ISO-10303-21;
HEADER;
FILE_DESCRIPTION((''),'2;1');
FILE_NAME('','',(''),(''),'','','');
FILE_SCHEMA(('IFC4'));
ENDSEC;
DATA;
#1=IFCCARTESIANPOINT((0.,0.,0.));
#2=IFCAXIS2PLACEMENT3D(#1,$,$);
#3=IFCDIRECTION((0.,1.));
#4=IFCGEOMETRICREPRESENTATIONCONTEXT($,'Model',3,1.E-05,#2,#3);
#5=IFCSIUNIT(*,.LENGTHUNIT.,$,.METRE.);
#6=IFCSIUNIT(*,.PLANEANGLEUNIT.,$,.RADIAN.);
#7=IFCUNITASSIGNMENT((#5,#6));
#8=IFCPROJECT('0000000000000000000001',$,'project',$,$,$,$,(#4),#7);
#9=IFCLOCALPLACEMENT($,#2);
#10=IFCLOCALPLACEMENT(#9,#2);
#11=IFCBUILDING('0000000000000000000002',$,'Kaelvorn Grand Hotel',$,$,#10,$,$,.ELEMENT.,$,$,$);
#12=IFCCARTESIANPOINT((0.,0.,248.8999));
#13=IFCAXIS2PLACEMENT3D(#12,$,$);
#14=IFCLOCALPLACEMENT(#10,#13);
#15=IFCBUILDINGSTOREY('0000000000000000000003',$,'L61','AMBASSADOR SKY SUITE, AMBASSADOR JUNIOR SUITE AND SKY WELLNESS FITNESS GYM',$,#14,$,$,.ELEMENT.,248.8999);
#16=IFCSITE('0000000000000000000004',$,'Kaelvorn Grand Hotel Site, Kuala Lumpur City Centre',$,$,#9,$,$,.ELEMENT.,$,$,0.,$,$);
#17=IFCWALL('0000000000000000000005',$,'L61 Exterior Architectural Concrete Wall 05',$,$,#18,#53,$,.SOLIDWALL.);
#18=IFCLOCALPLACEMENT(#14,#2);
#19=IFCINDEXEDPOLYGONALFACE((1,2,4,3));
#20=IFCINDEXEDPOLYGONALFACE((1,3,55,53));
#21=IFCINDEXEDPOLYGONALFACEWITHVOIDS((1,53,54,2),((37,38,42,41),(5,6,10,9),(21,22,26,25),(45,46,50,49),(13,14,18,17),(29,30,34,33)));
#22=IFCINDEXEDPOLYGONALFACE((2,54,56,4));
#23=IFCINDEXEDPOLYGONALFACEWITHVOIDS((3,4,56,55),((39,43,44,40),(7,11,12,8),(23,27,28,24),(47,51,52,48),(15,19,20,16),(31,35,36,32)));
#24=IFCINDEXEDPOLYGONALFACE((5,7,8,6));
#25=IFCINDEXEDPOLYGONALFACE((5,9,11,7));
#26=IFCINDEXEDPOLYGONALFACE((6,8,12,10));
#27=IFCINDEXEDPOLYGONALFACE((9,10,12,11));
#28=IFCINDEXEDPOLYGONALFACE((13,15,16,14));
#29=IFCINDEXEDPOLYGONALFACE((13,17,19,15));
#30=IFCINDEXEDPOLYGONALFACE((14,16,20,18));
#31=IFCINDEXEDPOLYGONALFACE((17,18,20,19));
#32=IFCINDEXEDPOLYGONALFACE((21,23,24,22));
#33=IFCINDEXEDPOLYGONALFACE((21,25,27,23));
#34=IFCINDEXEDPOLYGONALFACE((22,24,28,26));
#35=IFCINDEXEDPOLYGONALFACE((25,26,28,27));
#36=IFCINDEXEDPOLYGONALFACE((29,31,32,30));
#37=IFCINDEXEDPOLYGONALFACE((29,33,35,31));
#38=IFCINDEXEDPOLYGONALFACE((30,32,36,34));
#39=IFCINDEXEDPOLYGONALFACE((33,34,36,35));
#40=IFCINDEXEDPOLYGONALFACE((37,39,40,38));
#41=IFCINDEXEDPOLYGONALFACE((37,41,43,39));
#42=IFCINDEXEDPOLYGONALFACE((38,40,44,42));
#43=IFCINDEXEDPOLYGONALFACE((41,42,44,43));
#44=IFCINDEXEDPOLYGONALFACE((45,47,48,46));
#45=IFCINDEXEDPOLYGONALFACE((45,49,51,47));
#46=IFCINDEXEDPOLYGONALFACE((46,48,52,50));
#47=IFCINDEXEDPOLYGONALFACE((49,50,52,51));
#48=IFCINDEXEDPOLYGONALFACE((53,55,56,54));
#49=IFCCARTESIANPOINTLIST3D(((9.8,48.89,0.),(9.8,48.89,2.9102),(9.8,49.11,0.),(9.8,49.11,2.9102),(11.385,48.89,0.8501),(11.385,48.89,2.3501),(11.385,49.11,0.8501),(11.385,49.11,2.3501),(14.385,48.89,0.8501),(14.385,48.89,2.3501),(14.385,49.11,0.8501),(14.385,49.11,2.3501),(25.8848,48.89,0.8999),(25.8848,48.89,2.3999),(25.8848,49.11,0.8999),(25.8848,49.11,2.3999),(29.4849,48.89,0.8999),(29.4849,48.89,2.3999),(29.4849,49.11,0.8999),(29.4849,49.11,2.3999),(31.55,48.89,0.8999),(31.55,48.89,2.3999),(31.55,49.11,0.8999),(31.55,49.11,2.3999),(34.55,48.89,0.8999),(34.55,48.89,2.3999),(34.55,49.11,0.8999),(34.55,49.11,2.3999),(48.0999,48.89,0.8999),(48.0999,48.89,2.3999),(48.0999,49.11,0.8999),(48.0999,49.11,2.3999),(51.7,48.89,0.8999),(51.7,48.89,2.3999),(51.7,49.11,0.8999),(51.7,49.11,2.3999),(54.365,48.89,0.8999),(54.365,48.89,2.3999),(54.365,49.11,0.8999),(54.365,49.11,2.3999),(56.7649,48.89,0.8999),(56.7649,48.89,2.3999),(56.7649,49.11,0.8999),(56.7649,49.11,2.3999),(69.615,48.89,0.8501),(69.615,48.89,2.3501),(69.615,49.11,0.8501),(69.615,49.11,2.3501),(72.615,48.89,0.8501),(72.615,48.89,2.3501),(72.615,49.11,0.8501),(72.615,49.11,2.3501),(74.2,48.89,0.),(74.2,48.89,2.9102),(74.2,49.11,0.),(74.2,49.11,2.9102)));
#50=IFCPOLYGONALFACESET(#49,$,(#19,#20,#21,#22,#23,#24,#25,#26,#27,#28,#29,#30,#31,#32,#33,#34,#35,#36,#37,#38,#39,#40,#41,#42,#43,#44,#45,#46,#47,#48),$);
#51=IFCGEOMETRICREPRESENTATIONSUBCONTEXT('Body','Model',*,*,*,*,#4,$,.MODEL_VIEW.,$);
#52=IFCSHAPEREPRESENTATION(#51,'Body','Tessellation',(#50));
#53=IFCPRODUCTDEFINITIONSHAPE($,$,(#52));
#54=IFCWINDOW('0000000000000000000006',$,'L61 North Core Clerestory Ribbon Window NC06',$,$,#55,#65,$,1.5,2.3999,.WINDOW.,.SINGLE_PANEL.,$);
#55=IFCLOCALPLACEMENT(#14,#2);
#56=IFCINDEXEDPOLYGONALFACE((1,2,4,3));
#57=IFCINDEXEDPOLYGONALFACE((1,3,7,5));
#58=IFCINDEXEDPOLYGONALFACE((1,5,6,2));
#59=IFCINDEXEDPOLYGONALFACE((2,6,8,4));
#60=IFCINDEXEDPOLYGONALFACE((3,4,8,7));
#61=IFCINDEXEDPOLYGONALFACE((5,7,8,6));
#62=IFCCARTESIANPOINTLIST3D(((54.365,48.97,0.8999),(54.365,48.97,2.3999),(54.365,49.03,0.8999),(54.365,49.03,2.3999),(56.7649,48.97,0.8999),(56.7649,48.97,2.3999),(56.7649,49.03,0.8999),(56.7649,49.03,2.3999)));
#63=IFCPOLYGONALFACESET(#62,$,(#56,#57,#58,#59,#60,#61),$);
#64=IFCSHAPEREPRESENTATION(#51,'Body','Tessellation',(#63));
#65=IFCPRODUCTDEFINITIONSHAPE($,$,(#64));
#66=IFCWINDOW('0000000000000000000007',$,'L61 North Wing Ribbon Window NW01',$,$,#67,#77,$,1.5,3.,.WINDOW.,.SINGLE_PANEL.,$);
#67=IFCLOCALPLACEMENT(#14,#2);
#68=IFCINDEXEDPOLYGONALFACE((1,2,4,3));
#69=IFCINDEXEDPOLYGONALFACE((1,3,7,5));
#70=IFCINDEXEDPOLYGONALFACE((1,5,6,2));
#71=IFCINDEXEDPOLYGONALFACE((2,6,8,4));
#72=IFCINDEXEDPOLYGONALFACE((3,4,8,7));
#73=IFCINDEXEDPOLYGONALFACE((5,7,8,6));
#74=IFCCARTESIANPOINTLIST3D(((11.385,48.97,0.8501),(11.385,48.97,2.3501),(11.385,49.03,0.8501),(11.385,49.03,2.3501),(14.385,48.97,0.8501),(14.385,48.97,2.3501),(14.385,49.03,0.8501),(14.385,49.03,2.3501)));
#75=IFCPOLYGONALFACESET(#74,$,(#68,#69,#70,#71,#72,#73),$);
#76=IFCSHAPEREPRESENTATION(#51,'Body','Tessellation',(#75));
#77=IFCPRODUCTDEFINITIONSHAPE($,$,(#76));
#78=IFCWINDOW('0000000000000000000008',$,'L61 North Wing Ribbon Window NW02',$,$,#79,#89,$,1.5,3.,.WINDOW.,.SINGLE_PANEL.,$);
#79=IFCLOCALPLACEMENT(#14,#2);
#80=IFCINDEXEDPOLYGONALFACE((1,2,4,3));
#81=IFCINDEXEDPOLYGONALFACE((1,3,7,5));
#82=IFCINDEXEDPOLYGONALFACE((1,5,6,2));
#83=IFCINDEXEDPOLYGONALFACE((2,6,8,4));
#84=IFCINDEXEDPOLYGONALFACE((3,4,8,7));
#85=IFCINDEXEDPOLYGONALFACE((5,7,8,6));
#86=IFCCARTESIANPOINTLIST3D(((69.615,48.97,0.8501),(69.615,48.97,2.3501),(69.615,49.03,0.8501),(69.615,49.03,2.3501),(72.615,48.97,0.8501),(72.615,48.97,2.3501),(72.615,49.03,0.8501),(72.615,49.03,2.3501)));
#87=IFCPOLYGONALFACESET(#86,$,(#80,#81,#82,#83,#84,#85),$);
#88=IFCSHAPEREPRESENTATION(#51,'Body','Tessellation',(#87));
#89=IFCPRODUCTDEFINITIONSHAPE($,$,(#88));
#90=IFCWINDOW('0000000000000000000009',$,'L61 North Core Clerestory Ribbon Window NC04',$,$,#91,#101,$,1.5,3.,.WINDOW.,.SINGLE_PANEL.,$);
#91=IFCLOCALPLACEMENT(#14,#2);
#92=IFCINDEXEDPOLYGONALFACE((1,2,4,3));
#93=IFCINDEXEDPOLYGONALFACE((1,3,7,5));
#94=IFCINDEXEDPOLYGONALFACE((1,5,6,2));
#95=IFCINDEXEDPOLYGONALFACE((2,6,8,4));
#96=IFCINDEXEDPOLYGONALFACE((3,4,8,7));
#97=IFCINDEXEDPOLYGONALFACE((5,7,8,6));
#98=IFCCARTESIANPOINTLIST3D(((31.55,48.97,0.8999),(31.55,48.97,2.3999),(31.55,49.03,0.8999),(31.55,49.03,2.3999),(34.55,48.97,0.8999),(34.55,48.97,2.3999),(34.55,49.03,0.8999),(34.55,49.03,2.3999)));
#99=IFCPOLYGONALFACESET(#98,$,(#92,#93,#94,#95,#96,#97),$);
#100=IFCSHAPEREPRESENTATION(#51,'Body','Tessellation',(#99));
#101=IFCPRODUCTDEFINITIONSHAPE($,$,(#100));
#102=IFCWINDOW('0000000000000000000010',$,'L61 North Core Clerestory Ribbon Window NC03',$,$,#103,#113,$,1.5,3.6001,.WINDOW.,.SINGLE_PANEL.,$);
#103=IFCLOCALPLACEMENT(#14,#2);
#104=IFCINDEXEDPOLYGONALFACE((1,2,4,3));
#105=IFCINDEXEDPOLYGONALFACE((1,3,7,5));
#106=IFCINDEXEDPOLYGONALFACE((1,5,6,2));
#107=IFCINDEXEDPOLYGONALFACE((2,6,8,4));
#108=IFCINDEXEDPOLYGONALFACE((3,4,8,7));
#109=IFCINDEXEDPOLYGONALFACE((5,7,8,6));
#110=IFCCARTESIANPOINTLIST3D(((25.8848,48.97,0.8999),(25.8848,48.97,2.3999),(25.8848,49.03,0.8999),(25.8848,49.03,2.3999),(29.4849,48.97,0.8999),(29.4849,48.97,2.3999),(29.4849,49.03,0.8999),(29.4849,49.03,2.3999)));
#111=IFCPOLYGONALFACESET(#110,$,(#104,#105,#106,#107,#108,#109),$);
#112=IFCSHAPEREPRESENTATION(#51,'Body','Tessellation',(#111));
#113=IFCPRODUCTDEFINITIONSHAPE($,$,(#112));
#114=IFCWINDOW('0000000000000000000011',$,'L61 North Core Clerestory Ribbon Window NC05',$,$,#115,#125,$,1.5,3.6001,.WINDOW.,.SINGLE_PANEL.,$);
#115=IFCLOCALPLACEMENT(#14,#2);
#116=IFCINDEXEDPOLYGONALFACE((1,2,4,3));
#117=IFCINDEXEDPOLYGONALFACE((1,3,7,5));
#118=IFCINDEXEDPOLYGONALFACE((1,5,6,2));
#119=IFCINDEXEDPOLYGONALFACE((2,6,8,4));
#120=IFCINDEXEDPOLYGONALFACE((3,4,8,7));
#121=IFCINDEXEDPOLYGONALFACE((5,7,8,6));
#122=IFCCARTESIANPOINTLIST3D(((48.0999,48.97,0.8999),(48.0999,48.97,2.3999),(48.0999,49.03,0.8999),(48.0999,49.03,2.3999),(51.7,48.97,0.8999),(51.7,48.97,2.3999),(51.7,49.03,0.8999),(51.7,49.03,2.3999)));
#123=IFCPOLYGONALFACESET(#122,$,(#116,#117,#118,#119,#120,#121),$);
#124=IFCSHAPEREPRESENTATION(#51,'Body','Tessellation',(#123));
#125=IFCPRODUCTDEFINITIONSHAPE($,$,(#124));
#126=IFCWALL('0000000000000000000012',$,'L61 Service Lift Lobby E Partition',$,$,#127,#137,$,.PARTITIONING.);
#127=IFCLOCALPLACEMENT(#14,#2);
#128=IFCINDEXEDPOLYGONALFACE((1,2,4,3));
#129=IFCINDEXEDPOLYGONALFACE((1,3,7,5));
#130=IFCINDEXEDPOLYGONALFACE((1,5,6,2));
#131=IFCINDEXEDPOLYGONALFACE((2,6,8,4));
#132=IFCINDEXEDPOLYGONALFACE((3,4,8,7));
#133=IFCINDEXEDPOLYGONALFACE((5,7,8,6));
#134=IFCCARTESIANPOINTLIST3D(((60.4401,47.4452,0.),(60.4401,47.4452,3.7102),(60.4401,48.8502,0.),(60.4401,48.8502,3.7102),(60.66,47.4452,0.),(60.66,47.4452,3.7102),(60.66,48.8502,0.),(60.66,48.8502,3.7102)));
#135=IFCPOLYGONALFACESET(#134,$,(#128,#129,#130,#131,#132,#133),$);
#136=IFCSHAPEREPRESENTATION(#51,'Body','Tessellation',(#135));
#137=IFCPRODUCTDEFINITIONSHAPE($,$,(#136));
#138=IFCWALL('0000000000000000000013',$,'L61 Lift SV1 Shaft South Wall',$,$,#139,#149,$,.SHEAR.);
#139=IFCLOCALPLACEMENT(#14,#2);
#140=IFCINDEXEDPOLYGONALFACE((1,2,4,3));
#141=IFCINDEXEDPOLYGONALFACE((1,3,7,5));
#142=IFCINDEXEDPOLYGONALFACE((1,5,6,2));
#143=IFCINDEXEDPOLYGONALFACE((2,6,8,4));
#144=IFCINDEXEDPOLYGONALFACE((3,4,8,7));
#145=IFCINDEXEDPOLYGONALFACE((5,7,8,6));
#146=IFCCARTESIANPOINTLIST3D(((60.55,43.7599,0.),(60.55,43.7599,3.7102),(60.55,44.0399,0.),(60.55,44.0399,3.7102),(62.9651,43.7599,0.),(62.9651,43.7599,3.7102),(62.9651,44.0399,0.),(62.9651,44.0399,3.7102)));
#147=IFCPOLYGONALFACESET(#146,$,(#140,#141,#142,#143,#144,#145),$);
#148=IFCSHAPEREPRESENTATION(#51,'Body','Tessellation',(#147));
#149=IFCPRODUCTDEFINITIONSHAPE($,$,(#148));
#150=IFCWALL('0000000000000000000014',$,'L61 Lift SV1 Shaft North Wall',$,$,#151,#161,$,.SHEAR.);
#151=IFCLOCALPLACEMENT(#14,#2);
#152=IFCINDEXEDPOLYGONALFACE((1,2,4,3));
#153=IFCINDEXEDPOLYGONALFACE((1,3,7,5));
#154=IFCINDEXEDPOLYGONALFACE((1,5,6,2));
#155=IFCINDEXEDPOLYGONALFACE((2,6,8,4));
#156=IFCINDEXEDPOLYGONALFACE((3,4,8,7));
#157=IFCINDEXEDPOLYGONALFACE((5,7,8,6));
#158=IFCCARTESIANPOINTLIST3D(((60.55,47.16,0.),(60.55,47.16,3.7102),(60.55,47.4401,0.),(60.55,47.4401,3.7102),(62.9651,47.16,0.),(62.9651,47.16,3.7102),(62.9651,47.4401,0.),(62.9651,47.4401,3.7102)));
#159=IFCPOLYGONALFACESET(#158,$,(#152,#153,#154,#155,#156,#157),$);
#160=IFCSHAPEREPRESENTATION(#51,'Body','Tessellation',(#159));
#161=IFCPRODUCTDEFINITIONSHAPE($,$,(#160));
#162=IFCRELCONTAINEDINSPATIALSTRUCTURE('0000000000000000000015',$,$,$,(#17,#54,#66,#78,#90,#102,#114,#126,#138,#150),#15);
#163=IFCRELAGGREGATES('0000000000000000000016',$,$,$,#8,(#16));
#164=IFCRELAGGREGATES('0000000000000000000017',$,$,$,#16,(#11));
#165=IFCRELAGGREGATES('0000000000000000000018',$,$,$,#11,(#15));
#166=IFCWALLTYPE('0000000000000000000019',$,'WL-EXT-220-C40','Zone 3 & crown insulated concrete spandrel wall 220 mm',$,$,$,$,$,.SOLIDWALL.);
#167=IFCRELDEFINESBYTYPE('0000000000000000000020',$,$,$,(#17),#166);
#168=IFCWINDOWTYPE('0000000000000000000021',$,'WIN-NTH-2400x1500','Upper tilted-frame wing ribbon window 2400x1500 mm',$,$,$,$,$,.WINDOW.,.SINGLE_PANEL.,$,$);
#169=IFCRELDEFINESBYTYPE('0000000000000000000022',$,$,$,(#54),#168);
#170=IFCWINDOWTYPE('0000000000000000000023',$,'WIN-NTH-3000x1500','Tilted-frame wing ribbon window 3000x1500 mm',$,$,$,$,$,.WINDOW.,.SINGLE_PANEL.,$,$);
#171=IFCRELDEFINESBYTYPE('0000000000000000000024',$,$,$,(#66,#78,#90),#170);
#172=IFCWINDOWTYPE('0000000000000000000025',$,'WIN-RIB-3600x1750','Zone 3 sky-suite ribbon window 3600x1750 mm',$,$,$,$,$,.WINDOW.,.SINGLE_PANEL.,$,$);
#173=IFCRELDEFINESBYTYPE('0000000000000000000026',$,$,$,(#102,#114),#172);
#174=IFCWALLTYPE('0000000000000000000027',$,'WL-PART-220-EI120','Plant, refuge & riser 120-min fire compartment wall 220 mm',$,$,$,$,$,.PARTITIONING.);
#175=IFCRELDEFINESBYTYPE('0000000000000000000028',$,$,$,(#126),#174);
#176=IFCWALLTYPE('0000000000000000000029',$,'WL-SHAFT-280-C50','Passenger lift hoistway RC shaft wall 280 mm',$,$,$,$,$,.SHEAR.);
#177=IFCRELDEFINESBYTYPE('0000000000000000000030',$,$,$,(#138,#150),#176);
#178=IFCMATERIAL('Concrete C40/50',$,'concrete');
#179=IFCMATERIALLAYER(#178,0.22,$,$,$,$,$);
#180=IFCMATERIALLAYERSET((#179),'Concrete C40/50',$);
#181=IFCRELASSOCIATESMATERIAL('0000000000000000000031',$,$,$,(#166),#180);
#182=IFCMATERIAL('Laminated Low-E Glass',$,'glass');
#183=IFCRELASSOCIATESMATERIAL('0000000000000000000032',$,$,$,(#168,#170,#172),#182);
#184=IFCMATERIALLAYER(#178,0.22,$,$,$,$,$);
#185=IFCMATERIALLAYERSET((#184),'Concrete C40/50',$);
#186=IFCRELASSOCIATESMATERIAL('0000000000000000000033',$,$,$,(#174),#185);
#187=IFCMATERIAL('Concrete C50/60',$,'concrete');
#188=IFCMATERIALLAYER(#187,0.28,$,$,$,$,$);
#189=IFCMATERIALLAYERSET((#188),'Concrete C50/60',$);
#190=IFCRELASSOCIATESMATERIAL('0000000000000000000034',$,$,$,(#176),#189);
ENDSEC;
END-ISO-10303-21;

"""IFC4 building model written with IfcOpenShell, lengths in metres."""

from ifc_helpers import new_model, si_unit, direction, frame, frame_2d, origin, place, context, subcontext, project, spatial, rectangle, extrude, material, layer, layer_set, type_object, element, fill, save


model = new_model("IFC4")

# Units and contexts
model_context = context("Model", 3, precision=1e-05, world=origin(), true_north=direction((0.0, 1.0)))
body_context = subcontext(model_context, "Body", "Model", "MODEL_VIEW")
ifc_project = project(units=[si_unit("LENGTHUNIT", "METRE"), si_unit("PLANEANGLEUNIT", "RADIAN")], contexts=[model_context])

# Site, building, storey
site_placement = place(None, origin())
site = spatial("IfcSite", under=ifc_project, at=site_placement, Name="Kaelvorn Grand Hotel Site, Kuala Lumpur City Centre", CompositionType="ELEMENT", RefElevation=0.0)
building_placement = place(site_placement, origin())
building = spatial("IfcBuilding", under=site, at=building_placement, Name="Kaelvorn Grand Hotel", CompositionType="ELEMENT")
storey_placement = place(building_placement, frame((0.0, 0.0, 248.8999)))
storey = spatial("IfcBuildingStorey", under=building, at=storey_placement, Name="L61", Description="AMBASSADOR SKY SUITE, AMBASSADOR JUNIOR SUITE AND SKY WELLNESS FITNESS GYM", CompositionType="ELEMENT", Elevation=248.8999)

# Shared definitions
ifc_material_1 = material(Name="Concrete C50/60", Category="concrete")

# Shared definitions
ifc_material_2 = material(Name="Concrete C40/50", Category="concrete")
ifc_layer_1 = layer(ifc_material_2, 0.22)
ifc_layer_set_1 = layer_set([ifc_layer_1], Name="Concrete C40/50")
wall_type_1 = type_object("IfcWallType", Name="WL-EXT-220-C40", Description="Zone 3 & crown insulated concrete spandrel wall 220 mm", PredefinedType="SOLIDWALL", material=ifc_layer_set_1)
ifc_material_3 = material(Name="Laminated Low-E Glass", Category="glass")

# Wall, openings, windows
wall_1_placement = place(storey_placement, frame((74.2, 49.0, 0.0), z_axis=(0.0, 0.0, 1.0), x_axis=(-1.0, 0.0, 0.0)))
wall_1 = element("IfcWall", 1, at=wall_1_placement, inside=storey, type_object=wall_type_1, Name="L61 Exterior Architectural Concrete Wall 05", PredefinedType="SOLIDWALL", context=body_context, shape_type="SweptSolid", body=[
    extrude(rectangle(XDim=64.3999, YDim=0.22, at=frame_2d((32.2, 0.0))), origin(), (0.0, 0.0, 1.0), 2.9102),
])
opening_1_placement = place(wall_1_placement, frame((59.8149, 0.0, 0.8501)))
opening_1 = element("IfcOpeningElement", 2, at=opening_1_placement, cuts=wall_1, PredefinedType="OPENING", context=body_context, shape_type="SweptSolid", body=[
    extrude(rectangle(XDim=3.0, YDim=1.5, at=frame_2d((1.5, 0.75))), frame((0.0, 0.1201, 0.0), z_axis=(0.0, -1.0, 0.0), x_axis=(1.0, 0.0, 0.0)), (0.0, 0.0, 1.0), 0.24),
])
opening_2_placement = place(wall_1_placement, frame((1.585, 0.0, 0.8501)))
opening_2 = element("IfcOpeningElement", 3, at=opening_2_placement, cuts=wall_1, PredefinedType="OPENING", context=body_context, shape_type="SweptSolid", body=[
    extrude(rectangle(XDim=3.0, YDim=1.5, at=frame_2d((1.5, 0.75))), frame((0.0, 0.1201, 0.0), z_axis=(0.0, -1.0, 0.0), x_axis=(1.0, 0.0, 0.0)), (0.0, 0.0, 1.0), 0.24),
])
opening_3_placement = place(wall_1_placement, frame((44.7151, 0.0, 0.8999)))
opening_3 = element("IfcOpeningElement", 4, at=opening_3_placement, cuts=wall_1, PredefinedType="OPENING", context=body_context, shape_type="SweptSolid", body=[
    extrude(rectangle(XDim=3.6001, YDim=1.5, at=frame_2d((1.8, 0.75))), frame((0.0, 0.1201, 0.0), z_axis=(0.0, -1.0, 0.0), x_axis=(1.0, 0.0, 0.0)), (0.0, 0.0, 1.0), 0.24),
])
opening_4_placement = place(wall_1_placement, frame((39.6499, 0.0, 0.8999)))
opening_4 = element("IfcOpeningElement", 5, at=opening_4_placement, cuts=wall_1, PredefinedType="OPENING", context=body_context, shape_type="SweptSolid", body=[
    extrude(rectangle(XDim=3.0, YDim=1.5, at=frame_2d((1.5, 0.75))), frame((0.0, 0.1201, 0.0), z_axis=(0.0, -1.0, 0.0), x_axis=(1.0, 0.0, 0.0)), (0.0, 0.0, 1.0), 0.24),
])
opening_5_placement = place(wall_1_placement, frame((22.5, 0.0, 0.8999)))
opening_5 = element("IfcOpeningElement", 6, at=opening_5_placement, cuts=wall_1, PredefinedType="OPENING", context=body_context, shape_type="SweptSolid", body=[
    extrude(rectangle(XDim=3.6001, YDim=1.5, at=frame_2d((1.8, 0.75))), frame((0.0, 0.1201, 0.0), z_axis=(0.0, -1.0, 0.0), x_axis=(1.0, 0.0, 0.0)), (0.0, 0.0, 1.0), 0.24),
])
opening_6_placement = place(wall_1_placement, frame((17.4351, 0.0, 0.8999)))
opening_6 = element("IfcOpeningElement", 7, at=opening_6_placement, cuts=wall_1, PredefinedType="OPENING", context=body_context, shape_type="SweptSolid", body=[
    extrude(rectangle(XDim=2.3999, YDim=1.5, at=frame_2d((1.2, 0.75))), frame((0.0, 0.1201, 0.0), z_axis=(0.0, -1.0, 0.0), x_axis=(1.0, 0.0, 0.0)), (0.0, 0.0, 1.0), 0.24),
])
window_type_1 = type_object("IfcWindowType", Name="WIN-NTH-2400x1500", Description="Upper tilted-frame wing ribbon window 2400x1500 mm", PartitioningType="SINGLE_PANEL", PredefinedType="WINDOW", material=ifc_material_3)
window_1_placement = place(opening_6_placement, origin())
window_1 = element("IfcWindow", 8, at=window_1_placement, inside=storey, type_object=window_type_1, Name="L61 North Core Clerestory Ribbon Window NC06", OverallHeight=1.5, OverallWidth=2.3999, PartitioningType="SINGLE_PANEL", PredefinedType="WINDOW", context=body_context, shape_type="SweptSolid", body=[
    extrude(rectangle(XDim=2.3999, YDim=1.5, at=frame_2d((1.2, 0.75))), frame((0.0, 0.03, 0.0), z_axis=(0.0, -1.0, 0.0), x_axis=(1.0, 0.0, 0.0)), (0.0, 0.0, 1.0), 0.0601),
])
fill(opening_6, window_1)
window_type_2 = type_object("IfcWindowType", Name="WIN-NTH-3000x1500", Description="Tilted-frame wing ribbon window 3000x1500 mm", PartitioningType="SINGLE_PANEL", PredefinedType="WINDOW", material=ifc_material_3)
window_2_placement = place(opening_1_placement, origin())
window_2 = element("IfcWindow", 9, at=window_2_placement, inside=storey, type_object=window_type_2, Name="L61 North Wing Ribbon Window NW01", OverallHeight=1.5, OverallWidth=3.0, PartitioningType="SINGLE_PANEL", PredefinedType="WINDOW", context=body_context, shape_type="SweptSolid", body=[
    extrude(rectangle(XDim=3.0, YDim=1.5, at=frame_2d((1.5, 0.75))), frame((0.0, 0.03, 0.0), z_axis=(0.0, -1.0, 0.0), x_axis=(1.0, 0.0, 0.0)), (0.0, 0.0, 1.0), 0.0601),
])
fill(opening_1, window_2)
window_3_placement = place(opening_2_placement, origin())
window_3 = element("IfcWindow", 10, at=window_3_placement, inside=storey, type_object=window_type_2, Name="L61 North Wing Ribbon Window NW02", OverallHeight=1.5, OverallWidth=3.0, PartitioningType="SINGLE_PANEL", PredefinedType="WINDOW", context=body_context, shape_type="SweptSolid", body=[
    extrude(rectangle(XDim=3.0, YDim=1.5, at=frame_2d((1.5, 0.75))), frame((0.0, 0.03, 0.0), z_axis=(0.0, -1.0, 0.0), x_axis=(1.0, 0.0, 0.0)), (0.0, 0.0, 1.0), 0.0601),
])
fill(opening_2, window_3)
window_4_placement = place(opening_4_placement, origin())
window_4 = element("IfcWindow", 11, at=window_4_placement, inside=storey, type_object=window_type_2, Name="L61 North Core Clerestory Ribbon Window NC04", OverallHeight=1.5, OverallWidth=3.0, PartitioningType="SINGLE_PANEL", PredefinedType="WINDOW", context=body_context, shape_type="SweptSolid", body=[
    extrude(rectangle(XDim=3.0, YDim=1.5, at=frame_2d((1.5, 0.75))), frame((0.0, 0.03, 0.0), z_axis=(0.0, -1.0, 0.0), x_axis=(1.0, 0.0, 0.0)), (0.0, 0.0, 1.0), 0.0601),
])
fill(opening_4, window_4)
window_type_3 = type_object("IfcWindowType", Name="WIN-RIB-3600x1750", Description="Zone 3 sky-suite ribbon window 3600x1750 mm", PartitioningType="SINGLE_PANEL", PredefinedType="WINDOW", material=ifc_material_3)
window_5_placement = place(opening_3_placement, origin())
window_5 = element("IfcWindow", 12, at=window_5_placement, inside=storey, type_object=window_type_3, Name="L61 North Core Clerestory Ribbon Window NC03", OverallHeight=1.5, OverallWidth=3.6001, PartitioningType="SINGLE_PANEL", PredefinedType="WINDOW", context=body_context, shape_type="SweptSolid", body=[
    extrude(rectangle(XDim=3.6001, YDim=1.5, at=frame_2d((1.8, 0.75))), frame((0.0, 0.03, 0.0), z_axis=(0.0, -1.0, 0.0), x_axis=(1.0, 0.0, 0.0)), (0.0, 0.0, 1.0), 0.0601),
])
fill(opening_3, window_5)
window_6_placement = place(opening_5_placement, origin())
window_6 = element("IfcWindow", 13, at=window_6_placement, inside=storey, type_object=window_type_3, Name="L61 North Core Clerestory Ribbon Window NC05", OverallHeight=1.5, OverallWidth=3.6001, PartitioningType="SINGLE_PANEL", PredefinedType="WINDOW", context=body_context, shape_type="SweptSolid", body=[
    extrude(rectangle(XDim=3.6001, YDim=1.5, at=frame_2d((1.8, 0.75))), frame((0.0, 0.03, 0.0), z_axis=(0.0, -1.0, 0.0), x_axis=(1.0, 0.0, 0.0)), (0.0, 0.0, 1.0), 0.0601),
])
fill(opening_5, window_6)

# Walls
ifc_layer_2 = layer(ifc_material_2, 0.22)
ifc_layer_set_2 = layer_set([ifc_layer_2], Name="Concrete C40/50")
wall_type_2 = type_object("IfcWallType", Name="WL-PART-220-EI120", Description="Plant, refuge & riser 120-min fire compartment wall 220 mm", PredefinedType="PARTITIONING", material=ifc_layer_set_2)
wall_2_placement = place(storey_placement, frame((60.55, 47.4451, 0.0), z_axis=(0.0, 0.0, 1.0), x_axis=(0.0, 1.0, 0.0)))
element("IfcWall", 14, at=wall_2_placement, inside=storey, type_object=wall_type_2, Name="L61 Service Lift Lobby E Partition", PredefinedType="PARTITIONING", context=body_context, shape_type="SweptSolid", body=[
    extrude(rectangle(XDim=1.405, YDim=0.22, at=frame_2d((0.7026, 0.0))), origin(), (0.0, 0.0, 1.0), 3.7102),
])
ifc_layer_3 = layer(ifc_material_1, 0.28)
ifc_layer_set_3 = layer_set([ifc_layer_3], Name="Concrete C50/60")
wall_type_3 = type_object("IfcWallType", Name="WL-SHAFT-280-C50", Description="Passenger lift hoistway RC shaft wall 280 mm", PredefinedType="SHEAR", material=ifc_layer_set_3)
for number, where, z_axis, x_axis, name in (
    (15, (60.55, 43.8999, 0.0), (0.0, 0.0, 1.0), (1.0, 0.0, 0.0), "L61 Lift SV1 Shaft South Wall"),
    (16, (60.55, 47.3, 0.0), (0.0, 0.0, 1.0), (1.0, 0.0, 0.0), "L61 Lift SV1 Shaft North Wall"),
):
    element("IfcWall", number, at=place(storey_placement, frame(where, z_axis=z_axis, x_axis=x_axis)), inside=storey, type_object=wall_type_3, Name=name, PredefinedType="SHEAR", context=body_context, shape_type="SweptSolid", body=[
        extrude(rectangle(XDim=2.415, YDim=0.28, at=frame_2d((1.2075, 0.0))), origin(), (0.0, 0.0, 1.0), 3.7102),
    ])

save(model, "model.ifc")
